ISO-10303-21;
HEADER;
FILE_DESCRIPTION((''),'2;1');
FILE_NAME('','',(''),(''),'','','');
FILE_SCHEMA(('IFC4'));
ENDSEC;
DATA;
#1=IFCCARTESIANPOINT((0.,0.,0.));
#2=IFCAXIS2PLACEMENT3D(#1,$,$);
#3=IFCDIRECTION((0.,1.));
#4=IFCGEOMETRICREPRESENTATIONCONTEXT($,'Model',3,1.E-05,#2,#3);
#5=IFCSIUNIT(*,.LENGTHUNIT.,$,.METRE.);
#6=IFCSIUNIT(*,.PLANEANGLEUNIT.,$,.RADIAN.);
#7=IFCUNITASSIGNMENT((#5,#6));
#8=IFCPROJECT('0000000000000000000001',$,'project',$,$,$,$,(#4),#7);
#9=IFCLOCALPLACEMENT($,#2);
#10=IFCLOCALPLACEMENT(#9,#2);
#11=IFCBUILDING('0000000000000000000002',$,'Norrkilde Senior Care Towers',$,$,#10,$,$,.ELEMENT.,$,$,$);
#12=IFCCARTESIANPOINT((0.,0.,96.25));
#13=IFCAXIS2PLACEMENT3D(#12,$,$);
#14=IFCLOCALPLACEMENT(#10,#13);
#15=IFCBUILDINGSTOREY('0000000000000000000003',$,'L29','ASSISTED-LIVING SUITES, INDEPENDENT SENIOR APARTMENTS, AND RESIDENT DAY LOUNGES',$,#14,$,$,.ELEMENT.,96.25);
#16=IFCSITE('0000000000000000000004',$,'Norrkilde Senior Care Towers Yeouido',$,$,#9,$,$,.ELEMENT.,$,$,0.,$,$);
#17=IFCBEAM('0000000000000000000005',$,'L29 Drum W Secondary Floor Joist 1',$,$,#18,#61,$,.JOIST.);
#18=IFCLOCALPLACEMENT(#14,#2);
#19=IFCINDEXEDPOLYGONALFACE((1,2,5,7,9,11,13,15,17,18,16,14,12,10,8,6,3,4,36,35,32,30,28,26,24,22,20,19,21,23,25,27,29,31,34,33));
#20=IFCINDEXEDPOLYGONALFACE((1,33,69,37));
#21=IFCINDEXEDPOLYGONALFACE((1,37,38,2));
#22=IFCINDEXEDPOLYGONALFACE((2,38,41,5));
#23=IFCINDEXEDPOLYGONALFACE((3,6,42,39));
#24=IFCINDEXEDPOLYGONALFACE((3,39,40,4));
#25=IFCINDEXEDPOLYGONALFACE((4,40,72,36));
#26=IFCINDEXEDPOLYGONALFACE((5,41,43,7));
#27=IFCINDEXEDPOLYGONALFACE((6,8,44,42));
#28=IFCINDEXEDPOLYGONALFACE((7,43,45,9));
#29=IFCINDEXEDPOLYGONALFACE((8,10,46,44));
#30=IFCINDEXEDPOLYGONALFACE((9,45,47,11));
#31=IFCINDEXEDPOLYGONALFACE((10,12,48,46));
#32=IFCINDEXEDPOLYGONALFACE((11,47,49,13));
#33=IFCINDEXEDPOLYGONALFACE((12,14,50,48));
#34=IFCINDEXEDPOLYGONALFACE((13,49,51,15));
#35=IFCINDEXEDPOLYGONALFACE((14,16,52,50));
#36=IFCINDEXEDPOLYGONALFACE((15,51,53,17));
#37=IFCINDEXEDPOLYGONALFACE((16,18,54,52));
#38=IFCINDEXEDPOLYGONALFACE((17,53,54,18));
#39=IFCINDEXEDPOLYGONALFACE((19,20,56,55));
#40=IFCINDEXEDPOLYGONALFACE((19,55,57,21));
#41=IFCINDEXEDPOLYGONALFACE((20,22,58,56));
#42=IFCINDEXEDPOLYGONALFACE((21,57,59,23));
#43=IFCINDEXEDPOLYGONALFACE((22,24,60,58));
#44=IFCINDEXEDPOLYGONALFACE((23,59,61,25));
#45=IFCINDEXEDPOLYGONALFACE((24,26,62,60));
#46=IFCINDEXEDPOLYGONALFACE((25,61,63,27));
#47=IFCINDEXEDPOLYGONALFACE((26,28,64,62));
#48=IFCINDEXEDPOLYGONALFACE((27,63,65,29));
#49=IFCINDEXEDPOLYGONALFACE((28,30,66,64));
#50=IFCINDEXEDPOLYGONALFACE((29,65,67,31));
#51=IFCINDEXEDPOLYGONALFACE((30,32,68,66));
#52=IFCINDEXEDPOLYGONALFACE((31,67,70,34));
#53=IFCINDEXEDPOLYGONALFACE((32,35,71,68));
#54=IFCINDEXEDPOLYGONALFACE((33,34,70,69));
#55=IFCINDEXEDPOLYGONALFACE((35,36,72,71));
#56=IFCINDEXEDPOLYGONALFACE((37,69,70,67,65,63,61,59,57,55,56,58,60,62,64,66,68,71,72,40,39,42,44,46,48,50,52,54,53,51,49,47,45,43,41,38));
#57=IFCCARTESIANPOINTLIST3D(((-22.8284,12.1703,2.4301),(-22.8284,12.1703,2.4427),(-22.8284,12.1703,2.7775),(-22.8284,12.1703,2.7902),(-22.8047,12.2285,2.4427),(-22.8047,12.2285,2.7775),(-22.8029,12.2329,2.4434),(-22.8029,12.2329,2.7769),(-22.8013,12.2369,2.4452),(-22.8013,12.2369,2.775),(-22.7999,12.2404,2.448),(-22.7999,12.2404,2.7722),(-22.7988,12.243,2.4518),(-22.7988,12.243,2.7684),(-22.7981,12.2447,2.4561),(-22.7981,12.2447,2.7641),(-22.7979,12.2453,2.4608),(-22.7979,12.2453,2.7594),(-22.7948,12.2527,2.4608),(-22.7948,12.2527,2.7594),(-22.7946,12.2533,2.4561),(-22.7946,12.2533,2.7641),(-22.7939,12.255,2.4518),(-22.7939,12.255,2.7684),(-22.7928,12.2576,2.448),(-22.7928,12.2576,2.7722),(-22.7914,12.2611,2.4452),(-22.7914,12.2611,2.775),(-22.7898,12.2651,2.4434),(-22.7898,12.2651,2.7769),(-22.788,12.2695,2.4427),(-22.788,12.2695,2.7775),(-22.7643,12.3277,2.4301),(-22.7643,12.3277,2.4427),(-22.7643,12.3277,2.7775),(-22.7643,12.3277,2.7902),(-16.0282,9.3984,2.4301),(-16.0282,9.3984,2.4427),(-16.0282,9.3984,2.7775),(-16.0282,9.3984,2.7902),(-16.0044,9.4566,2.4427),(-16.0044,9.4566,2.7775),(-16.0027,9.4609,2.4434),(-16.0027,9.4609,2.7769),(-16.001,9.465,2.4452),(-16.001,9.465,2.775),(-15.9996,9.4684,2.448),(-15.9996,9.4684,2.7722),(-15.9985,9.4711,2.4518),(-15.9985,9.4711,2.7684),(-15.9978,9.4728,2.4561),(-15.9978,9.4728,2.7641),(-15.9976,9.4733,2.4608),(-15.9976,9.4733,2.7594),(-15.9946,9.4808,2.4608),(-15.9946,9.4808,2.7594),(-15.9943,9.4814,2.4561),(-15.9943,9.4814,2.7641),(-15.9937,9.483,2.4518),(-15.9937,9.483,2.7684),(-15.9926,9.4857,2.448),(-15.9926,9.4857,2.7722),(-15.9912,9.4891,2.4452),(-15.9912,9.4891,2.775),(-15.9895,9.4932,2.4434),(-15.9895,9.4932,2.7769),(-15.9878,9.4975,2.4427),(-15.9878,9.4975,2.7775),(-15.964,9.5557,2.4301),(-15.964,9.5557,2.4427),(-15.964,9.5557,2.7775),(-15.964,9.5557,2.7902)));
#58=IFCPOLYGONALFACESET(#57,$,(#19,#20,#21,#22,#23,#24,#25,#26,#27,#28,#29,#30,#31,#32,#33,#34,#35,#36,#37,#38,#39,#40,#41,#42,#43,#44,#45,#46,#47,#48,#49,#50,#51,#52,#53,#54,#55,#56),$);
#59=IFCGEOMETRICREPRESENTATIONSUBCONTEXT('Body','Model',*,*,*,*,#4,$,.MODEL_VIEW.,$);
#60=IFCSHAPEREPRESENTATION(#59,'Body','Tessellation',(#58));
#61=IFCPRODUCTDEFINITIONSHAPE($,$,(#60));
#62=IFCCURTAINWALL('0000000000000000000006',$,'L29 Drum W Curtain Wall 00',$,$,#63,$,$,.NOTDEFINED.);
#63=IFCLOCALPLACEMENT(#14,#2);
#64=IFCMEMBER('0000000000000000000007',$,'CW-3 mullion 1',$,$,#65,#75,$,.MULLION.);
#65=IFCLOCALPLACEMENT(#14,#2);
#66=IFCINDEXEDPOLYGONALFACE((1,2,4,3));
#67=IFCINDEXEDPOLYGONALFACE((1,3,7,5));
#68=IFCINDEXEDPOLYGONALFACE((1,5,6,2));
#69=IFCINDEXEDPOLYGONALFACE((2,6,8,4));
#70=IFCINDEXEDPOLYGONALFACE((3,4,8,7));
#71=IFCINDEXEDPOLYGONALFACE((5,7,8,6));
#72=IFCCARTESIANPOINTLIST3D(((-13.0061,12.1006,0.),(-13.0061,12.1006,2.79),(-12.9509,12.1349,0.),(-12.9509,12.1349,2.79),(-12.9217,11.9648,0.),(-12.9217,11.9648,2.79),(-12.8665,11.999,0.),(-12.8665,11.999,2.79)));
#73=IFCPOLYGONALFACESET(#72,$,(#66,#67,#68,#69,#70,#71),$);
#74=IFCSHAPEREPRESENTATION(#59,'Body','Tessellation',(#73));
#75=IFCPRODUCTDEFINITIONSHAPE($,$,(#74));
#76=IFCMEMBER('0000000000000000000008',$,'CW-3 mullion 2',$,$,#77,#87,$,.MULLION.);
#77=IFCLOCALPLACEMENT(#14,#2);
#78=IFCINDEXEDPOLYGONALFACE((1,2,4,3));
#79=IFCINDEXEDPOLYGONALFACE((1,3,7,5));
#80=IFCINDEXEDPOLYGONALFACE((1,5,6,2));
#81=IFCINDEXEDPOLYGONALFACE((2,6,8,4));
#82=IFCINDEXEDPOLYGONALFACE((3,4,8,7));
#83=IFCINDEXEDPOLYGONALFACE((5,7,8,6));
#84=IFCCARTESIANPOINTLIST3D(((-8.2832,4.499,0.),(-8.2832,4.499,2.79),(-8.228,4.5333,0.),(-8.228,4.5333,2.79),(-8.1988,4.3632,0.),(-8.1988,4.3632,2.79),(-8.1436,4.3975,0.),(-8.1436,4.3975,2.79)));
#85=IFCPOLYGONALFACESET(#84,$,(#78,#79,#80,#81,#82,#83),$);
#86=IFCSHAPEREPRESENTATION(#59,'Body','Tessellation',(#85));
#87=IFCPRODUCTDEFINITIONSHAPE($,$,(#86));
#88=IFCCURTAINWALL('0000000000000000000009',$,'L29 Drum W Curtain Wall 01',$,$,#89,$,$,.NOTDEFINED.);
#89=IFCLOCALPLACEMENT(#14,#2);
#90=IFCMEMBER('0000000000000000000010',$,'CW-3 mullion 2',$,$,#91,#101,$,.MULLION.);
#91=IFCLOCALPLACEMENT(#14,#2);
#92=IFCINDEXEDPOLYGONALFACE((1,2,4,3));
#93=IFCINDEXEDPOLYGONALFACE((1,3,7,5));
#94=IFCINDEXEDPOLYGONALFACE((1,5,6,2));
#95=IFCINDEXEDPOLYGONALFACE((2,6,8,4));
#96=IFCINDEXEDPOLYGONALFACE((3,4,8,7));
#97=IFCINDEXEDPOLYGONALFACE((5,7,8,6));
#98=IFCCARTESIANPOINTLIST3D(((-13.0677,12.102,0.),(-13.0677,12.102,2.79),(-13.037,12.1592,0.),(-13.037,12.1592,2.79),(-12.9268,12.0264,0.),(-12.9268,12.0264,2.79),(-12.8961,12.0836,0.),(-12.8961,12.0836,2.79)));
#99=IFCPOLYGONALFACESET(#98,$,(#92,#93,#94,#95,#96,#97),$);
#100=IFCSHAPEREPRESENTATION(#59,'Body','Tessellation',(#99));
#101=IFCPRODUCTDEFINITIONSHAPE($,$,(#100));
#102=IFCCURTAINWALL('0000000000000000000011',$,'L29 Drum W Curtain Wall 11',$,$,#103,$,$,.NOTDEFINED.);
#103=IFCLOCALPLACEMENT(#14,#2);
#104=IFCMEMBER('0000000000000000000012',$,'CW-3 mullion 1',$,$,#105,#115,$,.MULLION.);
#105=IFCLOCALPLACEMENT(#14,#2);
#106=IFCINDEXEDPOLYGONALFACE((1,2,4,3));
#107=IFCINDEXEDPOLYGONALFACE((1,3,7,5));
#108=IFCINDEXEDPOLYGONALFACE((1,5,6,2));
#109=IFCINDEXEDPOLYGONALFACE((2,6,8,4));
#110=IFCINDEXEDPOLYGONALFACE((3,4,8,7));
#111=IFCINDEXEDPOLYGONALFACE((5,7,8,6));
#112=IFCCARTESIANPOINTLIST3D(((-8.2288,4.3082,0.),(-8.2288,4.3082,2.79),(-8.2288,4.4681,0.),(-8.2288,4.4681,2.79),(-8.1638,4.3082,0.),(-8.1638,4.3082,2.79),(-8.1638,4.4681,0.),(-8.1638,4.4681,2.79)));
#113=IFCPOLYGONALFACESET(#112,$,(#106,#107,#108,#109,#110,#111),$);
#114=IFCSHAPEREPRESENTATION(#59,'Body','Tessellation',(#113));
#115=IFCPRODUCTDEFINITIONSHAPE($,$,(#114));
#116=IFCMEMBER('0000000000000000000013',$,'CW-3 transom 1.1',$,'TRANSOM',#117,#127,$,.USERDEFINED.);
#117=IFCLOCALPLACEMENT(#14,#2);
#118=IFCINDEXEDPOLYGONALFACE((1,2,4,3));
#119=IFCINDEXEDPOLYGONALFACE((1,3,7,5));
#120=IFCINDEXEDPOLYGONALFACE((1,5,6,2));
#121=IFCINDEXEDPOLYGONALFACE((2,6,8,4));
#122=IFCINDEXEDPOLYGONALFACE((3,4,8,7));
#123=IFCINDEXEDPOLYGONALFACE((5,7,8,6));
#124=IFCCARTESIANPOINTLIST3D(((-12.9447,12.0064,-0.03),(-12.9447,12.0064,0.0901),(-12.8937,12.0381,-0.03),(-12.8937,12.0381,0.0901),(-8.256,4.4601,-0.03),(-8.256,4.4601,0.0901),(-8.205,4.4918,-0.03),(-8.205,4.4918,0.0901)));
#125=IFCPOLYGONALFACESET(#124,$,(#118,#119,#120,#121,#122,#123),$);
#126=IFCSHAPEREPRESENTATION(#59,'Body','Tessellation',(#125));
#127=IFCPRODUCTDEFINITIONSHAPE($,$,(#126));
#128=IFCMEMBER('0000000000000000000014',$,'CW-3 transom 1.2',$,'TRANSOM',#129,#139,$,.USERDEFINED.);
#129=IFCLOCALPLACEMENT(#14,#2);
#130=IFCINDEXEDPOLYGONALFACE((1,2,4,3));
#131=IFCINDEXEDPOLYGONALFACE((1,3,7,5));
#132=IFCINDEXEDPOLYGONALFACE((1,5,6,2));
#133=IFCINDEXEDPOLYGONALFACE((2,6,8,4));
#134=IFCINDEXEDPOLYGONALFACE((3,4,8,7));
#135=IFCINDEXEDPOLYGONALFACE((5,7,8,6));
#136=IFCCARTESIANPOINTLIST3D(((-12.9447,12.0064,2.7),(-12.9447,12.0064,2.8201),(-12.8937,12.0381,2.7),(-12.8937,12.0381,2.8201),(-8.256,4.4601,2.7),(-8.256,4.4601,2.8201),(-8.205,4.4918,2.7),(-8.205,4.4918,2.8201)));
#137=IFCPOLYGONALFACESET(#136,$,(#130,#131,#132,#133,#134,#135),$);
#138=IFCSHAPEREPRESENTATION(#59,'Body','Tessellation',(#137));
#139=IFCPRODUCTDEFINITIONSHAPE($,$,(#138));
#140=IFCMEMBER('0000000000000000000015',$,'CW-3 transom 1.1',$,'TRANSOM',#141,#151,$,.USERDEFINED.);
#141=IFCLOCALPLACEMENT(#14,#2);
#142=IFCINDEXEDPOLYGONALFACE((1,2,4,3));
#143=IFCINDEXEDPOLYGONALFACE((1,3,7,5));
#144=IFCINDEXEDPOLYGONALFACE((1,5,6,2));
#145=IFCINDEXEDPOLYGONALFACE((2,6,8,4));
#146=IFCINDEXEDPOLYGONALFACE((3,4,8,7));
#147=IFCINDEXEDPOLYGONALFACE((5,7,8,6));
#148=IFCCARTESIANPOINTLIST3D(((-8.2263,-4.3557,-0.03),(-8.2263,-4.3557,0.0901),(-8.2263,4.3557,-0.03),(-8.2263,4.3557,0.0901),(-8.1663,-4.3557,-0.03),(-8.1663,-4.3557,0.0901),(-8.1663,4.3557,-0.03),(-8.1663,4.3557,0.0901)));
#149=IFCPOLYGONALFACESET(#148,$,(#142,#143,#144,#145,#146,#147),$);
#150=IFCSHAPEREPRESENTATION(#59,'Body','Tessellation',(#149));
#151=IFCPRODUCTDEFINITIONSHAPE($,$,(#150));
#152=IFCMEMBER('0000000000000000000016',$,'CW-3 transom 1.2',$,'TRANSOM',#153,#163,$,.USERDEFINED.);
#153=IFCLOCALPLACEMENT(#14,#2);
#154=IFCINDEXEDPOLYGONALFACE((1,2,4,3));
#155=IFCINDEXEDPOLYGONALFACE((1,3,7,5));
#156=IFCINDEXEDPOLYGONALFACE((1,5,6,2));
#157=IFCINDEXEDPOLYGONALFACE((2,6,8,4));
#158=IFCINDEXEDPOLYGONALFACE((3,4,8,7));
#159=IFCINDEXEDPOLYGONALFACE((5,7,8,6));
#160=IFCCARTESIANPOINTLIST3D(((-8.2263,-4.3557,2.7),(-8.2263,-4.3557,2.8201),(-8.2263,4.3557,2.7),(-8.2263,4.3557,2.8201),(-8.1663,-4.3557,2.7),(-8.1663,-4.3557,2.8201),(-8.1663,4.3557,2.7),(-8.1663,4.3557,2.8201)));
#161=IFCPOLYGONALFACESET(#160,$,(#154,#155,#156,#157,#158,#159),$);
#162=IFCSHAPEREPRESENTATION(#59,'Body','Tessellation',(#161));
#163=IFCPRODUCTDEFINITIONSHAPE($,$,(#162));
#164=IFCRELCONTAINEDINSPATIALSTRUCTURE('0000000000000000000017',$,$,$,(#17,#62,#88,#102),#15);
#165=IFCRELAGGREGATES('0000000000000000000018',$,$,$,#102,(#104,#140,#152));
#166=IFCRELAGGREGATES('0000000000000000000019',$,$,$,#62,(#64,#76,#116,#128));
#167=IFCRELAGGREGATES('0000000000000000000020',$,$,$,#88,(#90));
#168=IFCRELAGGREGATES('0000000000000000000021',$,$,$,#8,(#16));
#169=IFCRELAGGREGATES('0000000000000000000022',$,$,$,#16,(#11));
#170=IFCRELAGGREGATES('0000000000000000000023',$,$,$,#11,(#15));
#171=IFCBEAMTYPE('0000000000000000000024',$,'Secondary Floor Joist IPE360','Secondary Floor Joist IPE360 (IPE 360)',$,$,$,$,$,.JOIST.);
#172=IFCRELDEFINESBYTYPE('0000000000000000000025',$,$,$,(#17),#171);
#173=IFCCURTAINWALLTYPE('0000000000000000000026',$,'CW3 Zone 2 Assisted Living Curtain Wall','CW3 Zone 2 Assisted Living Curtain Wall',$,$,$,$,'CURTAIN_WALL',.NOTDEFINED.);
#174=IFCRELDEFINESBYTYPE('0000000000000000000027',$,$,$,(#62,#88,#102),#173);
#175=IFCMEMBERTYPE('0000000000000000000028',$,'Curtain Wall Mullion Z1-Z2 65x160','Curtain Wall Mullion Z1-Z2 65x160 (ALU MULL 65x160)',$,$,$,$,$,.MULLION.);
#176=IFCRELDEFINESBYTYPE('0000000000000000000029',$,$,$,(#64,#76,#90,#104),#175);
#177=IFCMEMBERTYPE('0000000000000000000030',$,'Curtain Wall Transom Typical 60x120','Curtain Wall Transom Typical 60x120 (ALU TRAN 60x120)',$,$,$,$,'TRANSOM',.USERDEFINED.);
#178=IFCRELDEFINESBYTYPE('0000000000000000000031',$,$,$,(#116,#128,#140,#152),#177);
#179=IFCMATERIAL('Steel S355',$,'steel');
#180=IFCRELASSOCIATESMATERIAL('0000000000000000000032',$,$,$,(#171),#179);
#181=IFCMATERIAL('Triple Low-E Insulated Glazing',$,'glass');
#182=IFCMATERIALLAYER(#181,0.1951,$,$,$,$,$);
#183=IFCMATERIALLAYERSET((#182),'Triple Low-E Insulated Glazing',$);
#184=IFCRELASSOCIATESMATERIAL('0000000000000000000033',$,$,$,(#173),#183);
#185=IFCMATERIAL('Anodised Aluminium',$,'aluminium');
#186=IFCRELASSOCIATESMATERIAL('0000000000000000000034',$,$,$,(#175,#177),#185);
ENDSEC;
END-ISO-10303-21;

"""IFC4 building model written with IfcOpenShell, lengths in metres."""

from ifc_helpers import new_model, si_unit, direction, frame, origin, origin_2d, place, context, subcontext, project, spatial, rectangle, i_section, extrude, source, transform, mapped, material, layer, layer_set, material_profile, profile_set, type_object, type_shapes, element, aggregate, save


model = new_model("IFC4")

# Units and contexts
model_context = context("Model", 3, precision=1e-05, world=origin(), true_north=direction((0.0, 1.0)))
body_context = subcontext(model_context, "Body", "Model", "MODEL_VIEW")
ifc_project = project(units=[si_unit("LENGTHUNIT", "METRE"), si_unit("PLANEANGLEUNIT", "RADIAN")], contexts=[model_context])

# Site, building, storey
site_placement = place(None, origin())
site = spatial("IfcSite", under=ifc_project, at=site_placement, Name="Norrkilde Senior Care Towers Yeouido", CompositionType="ELEMENT", RefElevation=0.0)
building_placement = place(site_placement, origin())
building = spatial("IfcBuilding", under=site, at=building_placement, Name="Norrkilde Senior Care Towers", CompositionType="ELEMENT")
storey_placement = place(building_placement, frame((0.0, 0.0, 96.25)))
storey = spatial("IfcBuildingStorey", under=building, at=storey_placement, Name="L29", Description="ASSISTED-LIVING SUITES, INDEPENDENT SENIOR APARTMENTS, AND RESIDENT DAY LOUNGES", CompositionType="ELEMENT", Elevation=96.25)

# Beam
ifc_material_1 = material(Name="Steel S355", Category="steel")
ifc_material_profile_1 = material_profile(ifc_material_1, i_section(OverallWidth=0.1699, OverallDepth=0.3601, WebThickness=0.0081, FlangeThickness=0.0127, FilletRadius=0.0181, at=origin_2d()), Name="IPE 360")
ifc_profile_set_1 = profile_set([ifc_material_profile_1], Name="Steel S355")
beam_type_1 = type_object("IfcBeamType", Name="Secondary Floor Joist IPE360", Description="Secondary Floor Joist IPE360 (IPE 360)", PredefinedType="JOIST", material=ifc_profile_set_1)
shared_shape_1 = source(origin(), body_context, "Body", "SweptSolid", [
    extrude(i_section(OverallWidth=0.1699, OverallDepth=0.3601, WebThickness=0.0081, FlangeThickness=0.0127, FilletRadius=0.0181, at=origin_2d()), origin(), (0.0, 0.0, 1.0), 7.3435),
])
type_shapes(beam_type_1, [shared_shape_1])
beam_1_placement = place(storey_placement, frame((-15.9961, 9.4771, 2.6101), z_axis=(-0.926022, 0.37747, 0.0), x_axis=(-0.37747, -0.926022, 0.0)))
element("IfcBeam", 1, at=beam_1_placement, inside=storey, type_object=beam_type_1, Name="L29 Drum W Secondary Floor Joist 1", PredefinedType="JOIST", context=body_context, shape_type="MappedRepresentation", body=[
    mapped(shared_shape_1, transform((0.0, 0.0, 0.0), x_axis=(1.0, 0.0, 0.0), y_axis=(0.0, 1.0, 0.0), z_axis=(0.0, 0.0, 1.0), scale=1.0)),
])

# Curtain wall, members
ifc_material_2 = material(Name="Triple Low-E Insulated Glazing", Category="glass")
ifc_layer_1 = layer(ifc_material_2, 0.1951)
ifc_layer_set_1 = layer_set([ifc_layer_1], Name="Triple Low-E Insulated Glazing")
curtain_wall_type = type_object("IfcCurtainWallType", Name="CW3 Zone 2 Assisted Living Curtain Wall", Description="CW3 Zone 2 Assisted Living Curtain Wall", ElementType="CURTAIN_WALL", PredefinedType="NOTDEFINED", material=ifc_layer_set_1)
curtain_wall_1_placement = place(storey_placement, origin())
curtain_wall_1 = element("IfcCurtainWall", 2, at=curtain_wall_1_placement, inside=storey, type_object=curtain_wall_type, Name="L29 Drum W Curtain Wall 00", PredefinedType="NOTDEFINED")
ifc_material_3 = material(Name="Anodised Aluminium", Category="aluminium")
ifc_material_profile_2 = material_profile(ifc_material_3, rectangle(XDim=0.0649, YDim=0.1599, at=origin_2d()), Name="ALU MULL 65x160")
ifc_profile_set_2 = profile_set([ifc_material_profile_2], Name="Anodised Aluminium")
member_type_1 = type_object("IfcMemberType", Name="Curtain Wall Mullion Z1-Z2 65x160", Description="Curtain Wall Mullion Z1-Z2 65x160 (ALU MULL 65x160)", PredefinedType="MULLION", material=ifc_profile_set_2)
shared_shape_2 = source(origin(), body_context, "Body", "SweptSolid", [
    extrude(rectangle(XDim=0.0649, YDim=0.1599, at=origin_2d()), origin(), (0.0, 0.0, 1.0), 2.79),
])
type_shapes(member_type_1, [shared_shape_2])
member_1_placement = place(storey_placement, frame((-12.9363, 12.0498, 0.0), z_axis=(0.0, 0.0, 1.0), x_axis=(0.84941, 0.527733, 0.0)))
member_1 = element("IfcMember", 3, at=member_1_placement, type_object=member_type_1, Name="CW-3 mullion 1", PredefinedType="MULLION", context=body_context, shape_type="MappedRepresentation", body=[
    mapped(shared_shape_2, transform((0.0, 0.0, 0.0), x_axis=(1.0, 0.0, 0.0), y_axis=(0.0, 1.0, 0.0), z_axis=(0.0, 0.0, 1.0), scale=1.0)),
])
member_2_placement = place(storey_placement, frame((-8.2134, 4.4482, 0.0), z_axis=(0.0, 0.0, 1.0), x_axis=(0.84941, 0.527733, 0.0)))
member_2 = element("IfcMember", 4, at=member_2_placement, type_object=member_type_1, Name="CW-3 mullion 2", PredefinedType="MULLION", context=body_context, shape_type="MappedRepresentation", body=[
    mapped(shared_shape_2, transform((0.0, 0.0, 0.0), x_axis=(1.0, 0.0, 0.0), y_axis=(0.0, 1.0, 0.0), z_axis=(0.0, 0.0, 1.0), scale=1.0)),
])

# Curtain walls, members
curtain_wall_2_placement = place(storey_placement, origin())
curtain_wall_2 = element("IfcCurtainWall", 5, at=curtain_wall_2_placement, inside=storey, type_object=curtain_wall_type, Name="L29 Drum W Curtain Wall 01", PredefinedType="NOTDEFINED")
member_3_placement = place(storey_placement, frame((-12.9819, 12.0928, 0.0), z_axis=(0.0, 0.0, 1.0), x_axis=(0.472769, 0.881186, 0.0)))
member_3 = element("IfcMember", 6, at=member_3_placement, type_object=member_type_1, Name="CW-3 mullion 2", PredefinedType="MULLION", context=body_context, shape_type="MappedRepresentation", body=[
    mapped(shared_shape_2, transform((0.0, 0.0, 0.0), x_axis=(1.0, 0.0, 0.0), y_axis=(0.0, 1.0, 0.0), z_axis=(0.0, 0.0, 1.0), scale=1.0)),
])
curtain_wall_3_placement = place(storey_placement, origin())
curtain_wall_3 = element("IfcCurtainWall", 7, at=curtain_wall_3_placement, inside=storey, type_object=curtain_wall_type, Name="L29 Drum W Curtain Wall 11", PredefinedType="NOTDEFINED")
member_4_placement = place(storey_placement, frame((-8.1963, 4.3882, 0.0), z_axis=(0.0, 0.0, 1.0), x_axis=(1.0, 0.0, 0.0)))
member_4 = element("IfcMember", 8, at=member_4_placement, type_object=member_type_1, Name="CW-3 mullion 1", PredefinedType="MULLION", context=body_context, shape_type="MappedRepresentation", body=[
    mapped(shared_shape_2, transform((0.0, 0.0, 0.0), x_axis=(1.0, 0.0, 0.0), y_axis=(0.0, 1.0, 0.0), z_axis=(0.0, 0.0, 1.0), scale=1.0)),
])

# Members
ifc_material_profile_3 = material_profile(ifc_material_3, rectangle(XDim=0.0601, YDim=0.1201, at=origin_2d()), Name="ALU TRAN 60x120")
ifc_profile_set_3 = profile_set([ifc_material_profile_3], Name="Anodised Aluminium")
member_type_2 = type_object("IfcMemberType", Name="Curtain Wall Transom Typical 60x120", Description="Curtain Wall Transom Typical 60x120 (ALU TRAN 60x120)", ElementType="TRANSOM", PredefinedType="USERDEFINED", material=ifc_profile_set_3)
shared_shape_3 = source(origin(), body_context, "Body", "SweptSolid", [
    extrude(rectangle(XDim=0.0601, YDim=0.1201, at=origin_2d()), origin(), (0.0, 0.0, 1.0), 8.8843),
])
member_5_placement = place(storey_placement, frame((-12.9192, 12.0222, 0.03), z_axis=(0.527749, -0.8494, 0.0), x_axis=(0.8494, 0.527749, 0.0)))
member_5 = element("IfcMember", 9, at=member_5_placement, type_object=member_type_2, Name="CW-3 transom 1.1", ObjectType="TRANSOM", PredefinedType="USERDEFINED", context=body_context, shape_type="MappedRepresentation", body=[
    mapped(shared_shape_3, transform((0.0, 0.0, 0.0), x_axis=(1.0, 0.0, 0.0), y_axis=(0.0, 1.0, 0.0), z_axis=(0.0, 0.0, 1.0), scale=1.0)),
])
member_6_placement = place(storey_placement, frame((-12.9192, 12.0222, 2.76), z_axis=(0.527749, -0.8494, 0.0), x_axis=(0.8494, 0.527749, 0.0)))
member_6 = element("IfcMember", 10, at=member_6_placement, type_object=member_type_2, Name="CW-3 transom 1.2", ObjectType="TRANSOM", PredefinedType="USERDEFINED", context=body_context, shape_type="MappedRepresentation", body=[
    mapped(shared_shape_3, transform((0.0, 0.0, 0.0), x_axis=(1.0, 0.0, 0.0), y_axis=(0.0, 1.0, 0.0), z_axis=(0.0, 0.0, 1.0), scale=1.0)),
])
shared_shape_4 = source(origin(), body_context, "Body", "SweptSolid", [
    extrude(rectangle(XDim=0.0601, YDim=0.1201, at=origin_2d()), origin(), (0.0, 0.0, 1.0), 8.7114),
])
type_shapes(member_type_2, [shared_shape_3, shared_shape_4])
member_7_placement = place(storey_placement, frame((-8.1963, 4.3557, 0.03), z_axis=(0.0, -1.0, 0.0), x_axis=(1.0, 0.0, 0.0)))
member_7 = element("IfcMember", 11, at=member_7_placement, type_object=member_type_2, Name="CW-3 transom 1.1", ObjectType="TRANSOM", PredefinedType="USERDEFINED", context=body_context, shape_type="MappedRepresentation", body=[
    mapped(shared_shape_4, transform((0.0, 0.0, 0.0), x_axis=(1.0, 0.0, 0.0), y_axis=(0.0, 1.0, 0.0), z_axis=(0.0, 0.0, 1.0), scale=1.0)),
])
member_8_placement = place(storey_placement, frame((-8.1963, 4.3557, 2.76), z_axis=(0.0, -1.0, 0.0), x_axis=(1.0, 0.0, 0.0)))
member_8 = element("IfcMember", 12, at=member_8_placement, type_object=member_type_2, Name="CW-3 transom 1.2", ObjectType="TRANSOM", PredefinedType="USERDEFINED", context=body_context, shape_type="MappedRepresentation", body=[
    mapped(shared_shape_4, transform((0.0, 0.0, 0.0), x_axis=(1.0, 0.0, 0.0), y_axis=(0.0, 1.0, 0.0), z_axis=(0.0, 0.0, 1.0), scale=1.0)),
])
aggregate(curtain_wall_3, [member_4, member_7, member_8])

aggregate(curtain_wall_1, [member_1, member_2, member_5, member_6])
aggregate(curtain_wall_2, [member_3])

save(model, "model.ifc")
